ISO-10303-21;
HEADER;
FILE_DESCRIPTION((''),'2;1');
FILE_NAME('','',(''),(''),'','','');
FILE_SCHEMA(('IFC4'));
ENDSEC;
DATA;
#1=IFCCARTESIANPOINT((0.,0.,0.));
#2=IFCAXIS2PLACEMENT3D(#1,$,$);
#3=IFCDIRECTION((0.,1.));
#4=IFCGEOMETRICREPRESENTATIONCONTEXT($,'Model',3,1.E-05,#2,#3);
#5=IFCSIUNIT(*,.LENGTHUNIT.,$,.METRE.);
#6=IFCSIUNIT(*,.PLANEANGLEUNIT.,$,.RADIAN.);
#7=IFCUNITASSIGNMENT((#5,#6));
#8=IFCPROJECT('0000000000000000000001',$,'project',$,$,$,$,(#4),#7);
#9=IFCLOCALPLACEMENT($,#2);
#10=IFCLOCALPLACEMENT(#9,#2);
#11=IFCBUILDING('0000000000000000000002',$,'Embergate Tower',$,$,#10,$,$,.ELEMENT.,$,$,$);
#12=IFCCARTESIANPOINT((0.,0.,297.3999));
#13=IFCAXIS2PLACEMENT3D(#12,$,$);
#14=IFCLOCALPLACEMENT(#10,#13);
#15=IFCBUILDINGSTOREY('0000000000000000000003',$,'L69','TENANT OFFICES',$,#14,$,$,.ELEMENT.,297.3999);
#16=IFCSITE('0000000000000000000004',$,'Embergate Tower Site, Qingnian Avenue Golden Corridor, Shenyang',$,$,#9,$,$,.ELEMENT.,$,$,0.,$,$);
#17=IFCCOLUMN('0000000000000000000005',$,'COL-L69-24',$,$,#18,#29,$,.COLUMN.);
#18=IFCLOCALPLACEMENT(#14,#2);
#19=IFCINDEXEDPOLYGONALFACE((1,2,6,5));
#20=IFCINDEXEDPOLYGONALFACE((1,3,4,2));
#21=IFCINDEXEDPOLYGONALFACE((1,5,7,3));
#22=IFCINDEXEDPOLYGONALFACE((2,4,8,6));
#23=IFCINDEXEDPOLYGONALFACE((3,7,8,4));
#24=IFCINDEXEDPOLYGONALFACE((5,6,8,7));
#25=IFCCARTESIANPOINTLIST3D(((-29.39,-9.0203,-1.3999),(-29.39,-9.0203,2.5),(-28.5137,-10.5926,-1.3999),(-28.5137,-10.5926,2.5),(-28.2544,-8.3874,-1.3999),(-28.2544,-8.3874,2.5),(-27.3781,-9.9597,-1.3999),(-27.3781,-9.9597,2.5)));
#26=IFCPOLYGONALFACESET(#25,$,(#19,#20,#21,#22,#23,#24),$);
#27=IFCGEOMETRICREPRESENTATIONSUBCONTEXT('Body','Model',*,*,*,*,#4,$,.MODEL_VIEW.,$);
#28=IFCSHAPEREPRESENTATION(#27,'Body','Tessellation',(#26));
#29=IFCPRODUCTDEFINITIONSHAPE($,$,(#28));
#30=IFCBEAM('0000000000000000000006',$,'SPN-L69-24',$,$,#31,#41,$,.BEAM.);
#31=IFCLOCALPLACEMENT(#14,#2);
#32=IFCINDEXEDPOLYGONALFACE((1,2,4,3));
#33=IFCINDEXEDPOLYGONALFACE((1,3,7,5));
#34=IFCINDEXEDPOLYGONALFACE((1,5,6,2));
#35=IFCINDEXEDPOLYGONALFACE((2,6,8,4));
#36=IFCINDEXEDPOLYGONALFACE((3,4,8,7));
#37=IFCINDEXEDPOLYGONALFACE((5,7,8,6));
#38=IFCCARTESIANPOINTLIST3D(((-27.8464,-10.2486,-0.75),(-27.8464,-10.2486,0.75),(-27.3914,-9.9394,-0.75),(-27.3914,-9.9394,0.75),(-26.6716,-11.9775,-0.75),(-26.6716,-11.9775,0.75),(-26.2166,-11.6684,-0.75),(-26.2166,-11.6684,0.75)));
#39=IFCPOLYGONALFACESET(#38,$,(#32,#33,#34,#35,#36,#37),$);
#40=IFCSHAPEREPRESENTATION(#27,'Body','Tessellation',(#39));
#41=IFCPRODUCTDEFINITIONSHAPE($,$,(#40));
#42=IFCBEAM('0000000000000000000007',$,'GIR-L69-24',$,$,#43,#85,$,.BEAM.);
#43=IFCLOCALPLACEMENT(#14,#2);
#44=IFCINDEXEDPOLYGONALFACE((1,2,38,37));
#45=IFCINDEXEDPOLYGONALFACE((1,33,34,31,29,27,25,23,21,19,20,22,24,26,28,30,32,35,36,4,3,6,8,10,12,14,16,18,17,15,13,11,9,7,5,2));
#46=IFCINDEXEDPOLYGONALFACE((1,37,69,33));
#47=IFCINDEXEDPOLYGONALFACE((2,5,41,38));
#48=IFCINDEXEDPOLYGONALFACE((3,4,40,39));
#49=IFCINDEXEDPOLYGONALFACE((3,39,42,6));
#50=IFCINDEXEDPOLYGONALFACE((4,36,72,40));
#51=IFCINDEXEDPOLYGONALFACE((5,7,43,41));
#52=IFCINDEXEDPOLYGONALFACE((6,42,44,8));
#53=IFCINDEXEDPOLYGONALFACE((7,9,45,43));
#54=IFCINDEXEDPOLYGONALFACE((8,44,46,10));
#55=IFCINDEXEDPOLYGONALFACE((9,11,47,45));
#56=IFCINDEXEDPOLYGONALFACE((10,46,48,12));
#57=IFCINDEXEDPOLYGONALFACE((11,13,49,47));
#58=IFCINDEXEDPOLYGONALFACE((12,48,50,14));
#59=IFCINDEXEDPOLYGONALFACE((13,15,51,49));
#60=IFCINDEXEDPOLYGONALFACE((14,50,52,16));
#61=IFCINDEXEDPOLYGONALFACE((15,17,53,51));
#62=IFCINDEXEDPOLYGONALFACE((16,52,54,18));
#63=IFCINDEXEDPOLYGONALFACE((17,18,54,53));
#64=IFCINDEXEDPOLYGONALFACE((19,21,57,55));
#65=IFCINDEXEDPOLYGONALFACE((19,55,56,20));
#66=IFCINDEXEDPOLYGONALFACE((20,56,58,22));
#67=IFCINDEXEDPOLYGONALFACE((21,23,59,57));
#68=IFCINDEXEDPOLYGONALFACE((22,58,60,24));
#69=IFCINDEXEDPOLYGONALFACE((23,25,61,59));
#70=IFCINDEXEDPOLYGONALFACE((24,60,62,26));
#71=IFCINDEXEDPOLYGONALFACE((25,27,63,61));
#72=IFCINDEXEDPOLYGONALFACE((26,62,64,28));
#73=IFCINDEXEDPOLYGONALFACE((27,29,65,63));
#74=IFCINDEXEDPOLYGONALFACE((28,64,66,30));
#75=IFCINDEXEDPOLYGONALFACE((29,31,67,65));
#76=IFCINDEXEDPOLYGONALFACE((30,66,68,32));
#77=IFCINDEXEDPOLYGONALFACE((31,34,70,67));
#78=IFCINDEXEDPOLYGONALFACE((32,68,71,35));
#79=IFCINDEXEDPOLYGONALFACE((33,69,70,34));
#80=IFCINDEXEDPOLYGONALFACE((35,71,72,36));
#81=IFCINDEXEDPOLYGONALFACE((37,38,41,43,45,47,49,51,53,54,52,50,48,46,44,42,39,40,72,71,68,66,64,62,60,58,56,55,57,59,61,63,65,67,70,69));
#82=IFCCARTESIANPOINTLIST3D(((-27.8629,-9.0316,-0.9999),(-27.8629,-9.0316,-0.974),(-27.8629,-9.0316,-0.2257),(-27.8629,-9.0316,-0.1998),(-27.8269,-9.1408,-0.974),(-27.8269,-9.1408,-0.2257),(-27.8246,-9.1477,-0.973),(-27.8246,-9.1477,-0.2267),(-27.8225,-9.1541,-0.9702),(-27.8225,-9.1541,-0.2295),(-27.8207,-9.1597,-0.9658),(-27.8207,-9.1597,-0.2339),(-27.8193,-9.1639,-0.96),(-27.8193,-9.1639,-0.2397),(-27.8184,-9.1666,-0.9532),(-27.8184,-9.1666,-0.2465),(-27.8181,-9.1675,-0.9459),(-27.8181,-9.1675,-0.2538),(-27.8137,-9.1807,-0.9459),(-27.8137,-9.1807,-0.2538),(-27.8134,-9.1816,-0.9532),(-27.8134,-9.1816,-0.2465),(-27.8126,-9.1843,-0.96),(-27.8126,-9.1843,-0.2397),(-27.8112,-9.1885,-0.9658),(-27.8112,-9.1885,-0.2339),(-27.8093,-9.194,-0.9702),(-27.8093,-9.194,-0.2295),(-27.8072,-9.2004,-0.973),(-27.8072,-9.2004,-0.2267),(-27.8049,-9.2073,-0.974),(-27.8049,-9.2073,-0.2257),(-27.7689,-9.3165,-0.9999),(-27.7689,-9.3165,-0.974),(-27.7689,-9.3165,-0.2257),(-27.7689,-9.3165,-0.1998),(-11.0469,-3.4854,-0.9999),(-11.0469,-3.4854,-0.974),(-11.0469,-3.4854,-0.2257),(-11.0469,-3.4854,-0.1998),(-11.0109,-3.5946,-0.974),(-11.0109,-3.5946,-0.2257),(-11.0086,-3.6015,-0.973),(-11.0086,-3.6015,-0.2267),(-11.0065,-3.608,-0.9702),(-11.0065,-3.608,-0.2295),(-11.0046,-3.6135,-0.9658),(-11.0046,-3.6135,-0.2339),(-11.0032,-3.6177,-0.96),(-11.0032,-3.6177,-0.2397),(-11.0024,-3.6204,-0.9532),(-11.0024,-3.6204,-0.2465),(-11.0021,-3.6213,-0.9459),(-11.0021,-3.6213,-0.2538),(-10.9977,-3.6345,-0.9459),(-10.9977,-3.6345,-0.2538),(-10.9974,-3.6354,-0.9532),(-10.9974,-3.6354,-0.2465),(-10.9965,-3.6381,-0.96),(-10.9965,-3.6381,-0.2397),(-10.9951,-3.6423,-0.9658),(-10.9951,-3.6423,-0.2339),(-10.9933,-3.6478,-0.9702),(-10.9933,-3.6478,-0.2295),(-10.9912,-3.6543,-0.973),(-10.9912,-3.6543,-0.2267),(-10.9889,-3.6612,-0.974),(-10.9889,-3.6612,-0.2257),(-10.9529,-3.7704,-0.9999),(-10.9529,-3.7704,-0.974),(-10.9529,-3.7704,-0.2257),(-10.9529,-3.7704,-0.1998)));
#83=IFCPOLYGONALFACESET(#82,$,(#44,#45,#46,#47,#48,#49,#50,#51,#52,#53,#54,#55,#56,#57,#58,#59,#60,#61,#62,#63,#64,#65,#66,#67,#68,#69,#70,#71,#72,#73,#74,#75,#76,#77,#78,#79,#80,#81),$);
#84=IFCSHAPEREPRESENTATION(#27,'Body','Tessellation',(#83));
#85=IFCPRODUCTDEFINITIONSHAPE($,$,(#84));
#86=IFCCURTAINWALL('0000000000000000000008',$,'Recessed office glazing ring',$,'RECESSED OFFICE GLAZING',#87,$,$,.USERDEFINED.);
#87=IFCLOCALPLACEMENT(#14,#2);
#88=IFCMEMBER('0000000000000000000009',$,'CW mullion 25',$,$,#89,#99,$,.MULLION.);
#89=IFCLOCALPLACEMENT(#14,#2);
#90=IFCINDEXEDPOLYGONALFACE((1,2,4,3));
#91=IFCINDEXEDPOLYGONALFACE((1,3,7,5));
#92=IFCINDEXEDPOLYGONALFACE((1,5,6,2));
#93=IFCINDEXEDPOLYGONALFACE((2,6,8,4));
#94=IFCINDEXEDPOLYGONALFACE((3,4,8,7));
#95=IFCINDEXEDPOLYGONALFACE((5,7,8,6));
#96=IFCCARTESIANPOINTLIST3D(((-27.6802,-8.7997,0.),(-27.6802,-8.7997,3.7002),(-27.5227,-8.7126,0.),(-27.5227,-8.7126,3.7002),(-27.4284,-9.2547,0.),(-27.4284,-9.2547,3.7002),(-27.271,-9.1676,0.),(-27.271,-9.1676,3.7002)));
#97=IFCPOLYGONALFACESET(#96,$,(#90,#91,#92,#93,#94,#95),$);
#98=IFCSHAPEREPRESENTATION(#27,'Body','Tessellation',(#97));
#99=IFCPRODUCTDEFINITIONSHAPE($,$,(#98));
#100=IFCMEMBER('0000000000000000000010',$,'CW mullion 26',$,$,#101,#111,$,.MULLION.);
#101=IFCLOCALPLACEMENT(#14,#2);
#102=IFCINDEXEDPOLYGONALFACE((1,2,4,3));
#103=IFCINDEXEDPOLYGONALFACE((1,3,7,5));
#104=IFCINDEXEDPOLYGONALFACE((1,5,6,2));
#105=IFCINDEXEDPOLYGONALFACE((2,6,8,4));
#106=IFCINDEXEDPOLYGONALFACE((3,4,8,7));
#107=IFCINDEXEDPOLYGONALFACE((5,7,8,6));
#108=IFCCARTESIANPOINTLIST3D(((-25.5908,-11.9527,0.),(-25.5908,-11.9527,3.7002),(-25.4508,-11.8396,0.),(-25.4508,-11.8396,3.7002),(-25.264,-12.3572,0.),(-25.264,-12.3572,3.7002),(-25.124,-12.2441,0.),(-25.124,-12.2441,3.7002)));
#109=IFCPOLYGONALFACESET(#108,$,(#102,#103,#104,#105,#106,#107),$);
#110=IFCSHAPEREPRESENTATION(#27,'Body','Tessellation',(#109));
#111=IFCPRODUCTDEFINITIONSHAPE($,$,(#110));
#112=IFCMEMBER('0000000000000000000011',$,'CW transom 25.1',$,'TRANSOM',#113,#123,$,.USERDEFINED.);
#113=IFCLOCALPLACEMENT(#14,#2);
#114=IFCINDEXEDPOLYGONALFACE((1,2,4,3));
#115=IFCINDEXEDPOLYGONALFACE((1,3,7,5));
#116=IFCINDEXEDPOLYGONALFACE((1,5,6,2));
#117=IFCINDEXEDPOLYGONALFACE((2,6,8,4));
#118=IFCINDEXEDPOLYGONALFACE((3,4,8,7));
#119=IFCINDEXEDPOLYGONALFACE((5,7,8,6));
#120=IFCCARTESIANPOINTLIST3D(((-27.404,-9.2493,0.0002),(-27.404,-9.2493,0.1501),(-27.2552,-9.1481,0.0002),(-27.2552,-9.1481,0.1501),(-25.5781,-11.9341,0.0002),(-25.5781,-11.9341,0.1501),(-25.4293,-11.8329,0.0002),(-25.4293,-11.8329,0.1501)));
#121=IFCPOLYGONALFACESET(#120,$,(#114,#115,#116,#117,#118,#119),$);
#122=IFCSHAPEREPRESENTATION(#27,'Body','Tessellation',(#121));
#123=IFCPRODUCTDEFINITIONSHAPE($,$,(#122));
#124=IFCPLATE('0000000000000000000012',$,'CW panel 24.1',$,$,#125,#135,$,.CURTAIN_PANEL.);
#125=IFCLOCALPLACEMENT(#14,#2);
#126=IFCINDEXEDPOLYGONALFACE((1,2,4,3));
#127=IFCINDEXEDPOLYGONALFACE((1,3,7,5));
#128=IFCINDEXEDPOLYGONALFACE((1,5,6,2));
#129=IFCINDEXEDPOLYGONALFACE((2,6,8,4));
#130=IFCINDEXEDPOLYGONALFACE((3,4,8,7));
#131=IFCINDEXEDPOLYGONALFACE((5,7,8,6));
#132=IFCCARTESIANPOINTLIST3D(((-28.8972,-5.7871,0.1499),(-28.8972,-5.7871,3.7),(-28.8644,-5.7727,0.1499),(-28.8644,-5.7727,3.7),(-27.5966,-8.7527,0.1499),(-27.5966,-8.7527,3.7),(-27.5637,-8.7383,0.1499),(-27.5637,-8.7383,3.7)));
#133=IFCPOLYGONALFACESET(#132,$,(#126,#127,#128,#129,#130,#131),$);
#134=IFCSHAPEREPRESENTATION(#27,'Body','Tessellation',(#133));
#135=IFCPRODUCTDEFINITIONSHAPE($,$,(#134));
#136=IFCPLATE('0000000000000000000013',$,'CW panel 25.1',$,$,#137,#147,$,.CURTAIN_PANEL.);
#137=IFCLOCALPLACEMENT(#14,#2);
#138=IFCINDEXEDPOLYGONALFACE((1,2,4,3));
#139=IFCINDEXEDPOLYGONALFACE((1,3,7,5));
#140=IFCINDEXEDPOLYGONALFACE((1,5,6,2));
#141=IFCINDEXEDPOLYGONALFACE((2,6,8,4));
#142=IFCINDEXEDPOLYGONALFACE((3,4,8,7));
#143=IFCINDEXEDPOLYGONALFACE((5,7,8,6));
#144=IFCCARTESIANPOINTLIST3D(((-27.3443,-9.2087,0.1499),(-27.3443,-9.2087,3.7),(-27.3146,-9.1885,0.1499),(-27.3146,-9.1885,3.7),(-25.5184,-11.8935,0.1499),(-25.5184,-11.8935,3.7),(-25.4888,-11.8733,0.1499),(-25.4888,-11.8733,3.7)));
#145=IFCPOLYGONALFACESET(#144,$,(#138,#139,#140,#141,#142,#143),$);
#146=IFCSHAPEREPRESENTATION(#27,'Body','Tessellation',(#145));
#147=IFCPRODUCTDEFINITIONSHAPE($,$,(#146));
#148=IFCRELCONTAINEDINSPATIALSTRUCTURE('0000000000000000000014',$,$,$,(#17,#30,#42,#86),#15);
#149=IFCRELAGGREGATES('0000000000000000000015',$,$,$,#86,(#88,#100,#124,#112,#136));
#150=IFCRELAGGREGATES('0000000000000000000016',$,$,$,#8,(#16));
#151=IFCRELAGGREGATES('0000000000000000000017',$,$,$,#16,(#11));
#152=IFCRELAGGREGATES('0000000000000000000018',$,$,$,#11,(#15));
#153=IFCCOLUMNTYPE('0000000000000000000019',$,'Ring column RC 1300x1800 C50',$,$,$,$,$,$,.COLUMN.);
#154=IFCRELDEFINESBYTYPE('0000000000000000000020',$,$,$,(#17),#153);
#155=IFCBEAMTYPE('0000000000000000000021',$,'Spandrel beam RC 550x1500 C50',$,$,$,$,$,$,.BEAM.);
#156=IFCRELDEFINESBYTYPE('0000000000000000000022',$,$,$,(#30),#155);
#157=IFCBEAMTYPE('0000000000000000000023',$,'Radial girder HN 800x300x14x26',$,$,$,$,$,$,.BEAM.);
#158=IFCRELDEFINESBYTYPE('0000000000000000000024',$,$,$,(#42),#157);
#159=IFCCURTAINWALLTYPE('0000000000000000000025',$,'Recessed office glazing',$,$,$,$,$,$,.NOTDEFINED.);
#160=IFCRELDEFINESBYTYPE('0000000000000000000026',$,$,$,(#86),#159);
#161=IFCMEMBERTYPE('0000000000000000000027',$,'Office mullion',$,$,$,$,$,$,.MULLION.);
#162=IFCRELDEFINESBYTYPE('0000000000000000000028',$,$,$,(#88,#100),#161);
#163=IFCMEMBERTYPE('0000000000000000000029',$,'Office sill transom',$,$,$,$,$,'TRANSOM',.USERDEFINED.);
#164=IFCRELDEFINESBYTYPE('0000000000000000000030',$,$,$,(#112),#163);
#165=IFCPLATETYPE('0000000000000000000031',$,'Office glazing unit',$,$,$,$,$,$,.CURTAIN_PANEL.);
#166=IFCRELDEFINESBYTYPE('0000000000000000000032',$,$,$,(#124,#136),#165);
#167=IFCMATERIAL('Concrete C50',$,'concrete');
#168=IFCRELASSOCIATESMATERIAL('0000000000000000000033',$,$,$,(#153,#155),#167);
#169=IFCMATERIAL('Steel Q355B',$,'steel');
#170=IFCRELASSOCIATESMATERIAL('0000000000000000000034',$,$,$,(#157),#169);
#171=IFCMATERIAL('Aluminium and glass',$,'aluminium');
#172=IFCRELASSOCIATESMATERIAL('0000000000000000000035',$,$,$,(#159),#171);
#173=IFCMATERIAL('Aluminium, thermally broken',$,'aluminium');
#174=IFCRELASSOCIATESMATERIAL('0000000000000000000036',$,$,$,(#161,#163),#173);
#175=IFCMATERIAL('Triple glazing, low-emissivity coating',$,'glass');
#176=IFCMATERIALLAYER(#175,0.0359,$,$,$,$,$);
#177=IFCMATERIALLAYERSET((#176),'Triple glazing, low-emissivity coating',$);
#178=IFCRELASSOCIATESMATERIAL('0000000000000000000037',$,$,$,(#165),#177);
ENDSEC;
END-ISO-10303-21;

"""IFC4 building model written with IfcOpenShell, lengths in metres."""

from ifc_helpers import new_model, si_unit, direction, frame, origin, origin_2d, place, context, subcontext, project, spatial, rectangle, i_section, extrude, source, transform, mapped, material, layer, layer_set, material_profile, profile_set, type_object, element, aggregate, save


model = new_model("IFC4")

# Units and contexts
model_context = context("Model", 3, precision=1e-05, world=origin(), true_north=direction((0.0, 1.0)))
body_context = subcontext(model_context, "Body", "Model", "MODEL_VIEW")
ifc_project = project(units=[si_unit("LENGTHUNIT", "METRE"), si_unit("PLANEANGLEUNIT", "RADIAN")], contexts=[model_context])

# Site, building, storey
site_placement = place(None, origin())
site = spatial("IfcSite", under=ifc_project, at=site_placement, Name="Embergate Tower Site, Qingnian Avenue Golden Corridor, Shenyang", CompositionType="ELEMENT", RefElevation=0.0)
building_placement = place(site_placement, origin())
building = spatial("IfcBuilding", under=site, at=building_placement, Name="Embergate Tower", CompositionType="ELEMENT")
storey_placement = place(building_placement, frame((0.0, 0.0, 297.3999)))
storey = spatial("IfcBuildingStorey", under=building, at=storey_placement, Name="L69", Description="TENANT OFFICES", CompositionType="ELEMENT", Elevation=297.3999)

# Column
ifc_material_1 = material(Name="Concrete C50", Category="concrete")
ifc_material_profile_1 = material_profile(ifc_material_1, rectangle(XDim=1.3, YDim=1.8, at=origin_2d()), Name="RC 1300x1800")
ifc_profile_set_1 = profile_set([ifc_material_profile_1], Name="Concrete C50")
column_type = type_object("IfcColumnType", Name="Ring column RC 1300x1800 C50", PredefinedType="COLUMN", material=ifc_profile_set_1)
shared_shape_1 = source(origin(), body_context, "Body", "SweptSolid", [
    extrude(rectangle(XDim=1.3, YDim=1.8, at=origin_2d()), origin(), (0.0, 0.0, 1.0), 3.8999),
])
column_placement = place(storey_placement, frame((-28.384, -9.49, -1.3999), z_axis=(0.0, 0.0, 1.0), x_axis=(-0.8735, -0.486823, 0.0)))
element("IfcColumn", 1, at=column_placement, inside=storey, type_object=column_type, Name="COL-L69-24", PredefinedType="COLUMN", context=body_context, shape_type="MappedRepresentation", body=[
    mapped(shared_shape_1, transform((0.0, 0.0, 0.0))),
])

# Beams
ifc_material_profile_2 = material_profile(ifc_material_1, rectangle(XDim=0.55, YDim=1.5, at=origin_2d()), Name="RC 550x1500")
ifc_profile_set_2 = profile_set([ifc_material_profile_2], Name="Concrete C50")
beam_type_1 = type_object("IfcBeamType", Name="Spandrel beam RC 550x1500 C50", PredefinedType="BEAM", material=ifc_profile_set_2)
shared_shape_2 = source(origin(), body_context, "Body", "SweptSolid", [
    extrude(rectangle(XDim=0.55, YDim=1.5, at=origin_2d()), origin(), (0.0, 0.0, 1.0), 2.0903),
])
beam_1_placement = place(storey_placement, frame((-27.6189, -10.094, 0.0), z_axis=(0.56201, -0.827131, 0.0), x_axis=(0.827131, 0.56201, 0.0)))
element("IfcBeam", 2, at=beam_1_placement, inside=storey, type_object=beam_type_1, Name="SPN-L69-24", PredefinedType="BEAM", context=body_context, shape_type="MappedRepresentation", body=[
    mapped(shared_shape_2, transform((0.0, 0.0, 0.0))),
])
ifc_material_2 = material(Name="Steel Q355B", Category="steel")
ifc_material_profile_3 = material_profile(ifc_material_2, i_section(OverallWidth=0.3, OverallDepth=0.8, WebThickness=0.0139, FlangeThickness=0.0259, FilletRadius=0.0281, at=origin_2d()), Name="HN 800x300x14x26")
ifc_profile_set_3 = profile_set([ifc_material_profile_3], Name="Steel Q355 grade B")
beam_type_2 = type_object("IfcBeamType", Name="Radial girder HN 800x300x14x26", PredefinedType="BEAM", material=ifc_profile_set_3)
shared_shape_3 = source(origin(), body_context, "Body", "SweptSolid", [
    extrude(i_section(OverallWidth=0.3, OverallDepth=0.8, WebThickness=0.0139, FlangeThickness=0.0259, FilletRadius=0.0281, at=origin_2d()), origin(), (0.0, 0.0, 1.0), 17.707),
])
beam_2_placement = place(storey_placement, frame((-27.8159, -9.1741, -0.5999), z_axis=(0.949681, 0.313219, 0.0), x_axis=(-0.313219, 0.949681, 0.0)))
element("IfcBeam", 3, at=beam_2_placement, inside=storey, type_object=beam_type_2, Name="GIR-L69-24", PredefinedType="BEAM", context=body_context, shape_type="MappedRepresentation", body=[
    mapped(shared_shape_3, transform((0.0, 0.0, 0.0))),
])

# Curtain wall, members, plates
ifc_material_3 = material(Name="Aluminium and glass", Category="aluminium")
curtain_wall_type = type_object("IfcCurtainWallType", Name="Recessed office glazing", PredefinedType="NOTDEFINED", material=ifc_material_3)
curtain_wall_placement = place(storey_placement, origin())
curtain_wall = element("IfcCurtainWall", 4, at=curtain_wall_placement, inside=storey, type_object=curtain_wall_type, Name="Recessed office glazing ring", ObjectType="RECESSED OFFICE GLAZING", PredefinedType="USERDEFINED")
ifc_material_4 = material(Name="Aluminium, thermally broken", Category="aluminium")
ifc_material_profile_4 = material_profile(ifc_material_4, rectangle(XDim=0.1799, YDim=0.52, at=origin_2d()), Name="AL 520x180")
ifc_profile_set_4 = profile_set([ifc_material_profile_4], Name="Aluminium, thermally broken")
member_type_1 = type_object("IfcMemberType", Name="Office mullion", PredefinedType="MULLION", material=ifc_profile_set_4)
shared_shape_4 = source(origin(), body_context, "Body", "SweptSolid", [
    extrude(rectangle(XDim=0.1799, YDim=0.52, at=origin_2d()), origin(), (0.0, 0.0, 1.0), 3.7002),
])
member_1_placement = place(storey_placement, frame((-27.4756, -8.9836, 0.0), z_axis=(0.0, 0.0, 1.0), x_axis=(0.874993, 0.484135, 0.0)))
member_1 = element("IfcMember", 5, at=member_1_placement, type_object=member_type_1, Name="CW mullion 25", PredefinedType="MULLION", context=body_context, shape_type="MappedRepresentation", body=[
    mapped(shared_shape_4, transform((0.0, 0.0, 0.0))),
])
member_2_placement = place(storey_placement, frame((-25.3574, -12.0984, 0.0), z_axis=(0.0, 0.0, 1.0), x_axis=(0.777864, 0.628433, 0.0)))
member_2 = element("IfcMember", 6, at=member_2_placement, type_object=member_type_1, Name="CW mullion 26", PredefinedType="MULLION", context=body_context, shape_type="MappedRepresentation", body=[
    mapped(shared_shape_4, transform((0.0, 0.0, 0.0))),
])
ifc_material_profile_5 = material_profile(ifc_material_4, rectangle(XDim=0.1799, YDim=0.1499, at=origin_2d()), Name="AL 150x180")
ifc_profile_set_5 = profile_set([ifc_material_profile_5], Name="Aluminium, thermally broken")
member_type_2 = type_object("IfcMemberType", Name="Office sill transom", ElementType="TRANSOM", PredefinedType="USERDEFINED", material=ifc_profile_set_5)
shared_shape_5 = source(origin(), body_context, "Body", "SweptSolid", [
    extrude(rectangle(XDim=0.1799, YDim=0.1499, at=origin_2d()), origin(), (0.0, 0.0, 1.0), 3.2468),
])
member_3_placement = place(storey_placement, frame((-27.3296, -9.1987, 0.0752), z_axis=(0.562363, -0.82689, 0.0), x_axis=(0.82689, 0.562363, 0.0)))
member_3 = element("IfcMember", 7, at=member_3_placement, type_object=member_type_2, Name="CW transom 25.1", ObjectType="TRANSOM", PredefinedType="USERDEFINED", context=body_context, shape_type="MappedRepresentation", body=[
    mapped(shared_shape_5, transform((0.0, 0.0, 0.0))),
])
ifc_material_5 = material(Name="Triple glazing, low-emissivity coating", Category="glass")
ifc_layer_1 = layer(ifc_material_5, 0.0359)
ifc_layer_set_1 = layer_set([ifc_layer_1], Name="Triple glazing, low-emissivity coating")
plate_type = type_object("IfcPlateType", Name="Office glazing unit", PredefinedType="CURTAIN_PANEL", material=ifc_layer_set_1)
shared_shape_6 = source(origin(), body_context, "Body", "SweptSolid", [
    extrude(rectangle(XDim=3.2383, YDim=0.0359, at=origin_2d()), origin(), (0.0, 0.0, 1.0), 3.55),
])
plate_1_placement = place(storey_placement, frame((-28.2305, -7.2627, 0.1499), z_axis=(0.0, 0.0, 1.0), x_axis=(0.401654, -0.915792, 0.0)))
plate_1 = element("IfcPlate", 8, at=plate_1_placement, type_object=plate_type, Name="CW panel 24.1", PredefinedType="CURTAIN_PANEL", context=body_context, shape_type="MappedRepresentation", body=[
    mapped(shared_shape_6, transform((0.0, 0.0, 0.0))),
])
shared_shape_7 = source(origin(), body_context, "Body", "SweptSolid", [
    extrude(rectangle(XDim=3.2468, YDim=0.0359, at=origin_2d()), origin(), (0.0, 0.0, 1.0), 3.55),
])
plate_2_placement = place(storey_placement, frame((-26.4165, -10.541, 0.1499), z_axis=(0.0, 0.0, 1.0), x_axis=(0.562342, -0.826905, 0.0)))
plate_2 = element("IfcPlate", 9, at=plate_2_placement, type_object=plate_type, Name="CW panel 25.1", PredefinedType="CURTAIN_PANEL", context=body_context, shape_type="MappedRepresentation", body=[
    mapped(shared_shape_7, transform((0.0, 0.0, 0.0))),
])
aggregate(curtain_wall, [member_1, member_2, plate_1, member_3, plate_2])

save(model, "model.ifc")
